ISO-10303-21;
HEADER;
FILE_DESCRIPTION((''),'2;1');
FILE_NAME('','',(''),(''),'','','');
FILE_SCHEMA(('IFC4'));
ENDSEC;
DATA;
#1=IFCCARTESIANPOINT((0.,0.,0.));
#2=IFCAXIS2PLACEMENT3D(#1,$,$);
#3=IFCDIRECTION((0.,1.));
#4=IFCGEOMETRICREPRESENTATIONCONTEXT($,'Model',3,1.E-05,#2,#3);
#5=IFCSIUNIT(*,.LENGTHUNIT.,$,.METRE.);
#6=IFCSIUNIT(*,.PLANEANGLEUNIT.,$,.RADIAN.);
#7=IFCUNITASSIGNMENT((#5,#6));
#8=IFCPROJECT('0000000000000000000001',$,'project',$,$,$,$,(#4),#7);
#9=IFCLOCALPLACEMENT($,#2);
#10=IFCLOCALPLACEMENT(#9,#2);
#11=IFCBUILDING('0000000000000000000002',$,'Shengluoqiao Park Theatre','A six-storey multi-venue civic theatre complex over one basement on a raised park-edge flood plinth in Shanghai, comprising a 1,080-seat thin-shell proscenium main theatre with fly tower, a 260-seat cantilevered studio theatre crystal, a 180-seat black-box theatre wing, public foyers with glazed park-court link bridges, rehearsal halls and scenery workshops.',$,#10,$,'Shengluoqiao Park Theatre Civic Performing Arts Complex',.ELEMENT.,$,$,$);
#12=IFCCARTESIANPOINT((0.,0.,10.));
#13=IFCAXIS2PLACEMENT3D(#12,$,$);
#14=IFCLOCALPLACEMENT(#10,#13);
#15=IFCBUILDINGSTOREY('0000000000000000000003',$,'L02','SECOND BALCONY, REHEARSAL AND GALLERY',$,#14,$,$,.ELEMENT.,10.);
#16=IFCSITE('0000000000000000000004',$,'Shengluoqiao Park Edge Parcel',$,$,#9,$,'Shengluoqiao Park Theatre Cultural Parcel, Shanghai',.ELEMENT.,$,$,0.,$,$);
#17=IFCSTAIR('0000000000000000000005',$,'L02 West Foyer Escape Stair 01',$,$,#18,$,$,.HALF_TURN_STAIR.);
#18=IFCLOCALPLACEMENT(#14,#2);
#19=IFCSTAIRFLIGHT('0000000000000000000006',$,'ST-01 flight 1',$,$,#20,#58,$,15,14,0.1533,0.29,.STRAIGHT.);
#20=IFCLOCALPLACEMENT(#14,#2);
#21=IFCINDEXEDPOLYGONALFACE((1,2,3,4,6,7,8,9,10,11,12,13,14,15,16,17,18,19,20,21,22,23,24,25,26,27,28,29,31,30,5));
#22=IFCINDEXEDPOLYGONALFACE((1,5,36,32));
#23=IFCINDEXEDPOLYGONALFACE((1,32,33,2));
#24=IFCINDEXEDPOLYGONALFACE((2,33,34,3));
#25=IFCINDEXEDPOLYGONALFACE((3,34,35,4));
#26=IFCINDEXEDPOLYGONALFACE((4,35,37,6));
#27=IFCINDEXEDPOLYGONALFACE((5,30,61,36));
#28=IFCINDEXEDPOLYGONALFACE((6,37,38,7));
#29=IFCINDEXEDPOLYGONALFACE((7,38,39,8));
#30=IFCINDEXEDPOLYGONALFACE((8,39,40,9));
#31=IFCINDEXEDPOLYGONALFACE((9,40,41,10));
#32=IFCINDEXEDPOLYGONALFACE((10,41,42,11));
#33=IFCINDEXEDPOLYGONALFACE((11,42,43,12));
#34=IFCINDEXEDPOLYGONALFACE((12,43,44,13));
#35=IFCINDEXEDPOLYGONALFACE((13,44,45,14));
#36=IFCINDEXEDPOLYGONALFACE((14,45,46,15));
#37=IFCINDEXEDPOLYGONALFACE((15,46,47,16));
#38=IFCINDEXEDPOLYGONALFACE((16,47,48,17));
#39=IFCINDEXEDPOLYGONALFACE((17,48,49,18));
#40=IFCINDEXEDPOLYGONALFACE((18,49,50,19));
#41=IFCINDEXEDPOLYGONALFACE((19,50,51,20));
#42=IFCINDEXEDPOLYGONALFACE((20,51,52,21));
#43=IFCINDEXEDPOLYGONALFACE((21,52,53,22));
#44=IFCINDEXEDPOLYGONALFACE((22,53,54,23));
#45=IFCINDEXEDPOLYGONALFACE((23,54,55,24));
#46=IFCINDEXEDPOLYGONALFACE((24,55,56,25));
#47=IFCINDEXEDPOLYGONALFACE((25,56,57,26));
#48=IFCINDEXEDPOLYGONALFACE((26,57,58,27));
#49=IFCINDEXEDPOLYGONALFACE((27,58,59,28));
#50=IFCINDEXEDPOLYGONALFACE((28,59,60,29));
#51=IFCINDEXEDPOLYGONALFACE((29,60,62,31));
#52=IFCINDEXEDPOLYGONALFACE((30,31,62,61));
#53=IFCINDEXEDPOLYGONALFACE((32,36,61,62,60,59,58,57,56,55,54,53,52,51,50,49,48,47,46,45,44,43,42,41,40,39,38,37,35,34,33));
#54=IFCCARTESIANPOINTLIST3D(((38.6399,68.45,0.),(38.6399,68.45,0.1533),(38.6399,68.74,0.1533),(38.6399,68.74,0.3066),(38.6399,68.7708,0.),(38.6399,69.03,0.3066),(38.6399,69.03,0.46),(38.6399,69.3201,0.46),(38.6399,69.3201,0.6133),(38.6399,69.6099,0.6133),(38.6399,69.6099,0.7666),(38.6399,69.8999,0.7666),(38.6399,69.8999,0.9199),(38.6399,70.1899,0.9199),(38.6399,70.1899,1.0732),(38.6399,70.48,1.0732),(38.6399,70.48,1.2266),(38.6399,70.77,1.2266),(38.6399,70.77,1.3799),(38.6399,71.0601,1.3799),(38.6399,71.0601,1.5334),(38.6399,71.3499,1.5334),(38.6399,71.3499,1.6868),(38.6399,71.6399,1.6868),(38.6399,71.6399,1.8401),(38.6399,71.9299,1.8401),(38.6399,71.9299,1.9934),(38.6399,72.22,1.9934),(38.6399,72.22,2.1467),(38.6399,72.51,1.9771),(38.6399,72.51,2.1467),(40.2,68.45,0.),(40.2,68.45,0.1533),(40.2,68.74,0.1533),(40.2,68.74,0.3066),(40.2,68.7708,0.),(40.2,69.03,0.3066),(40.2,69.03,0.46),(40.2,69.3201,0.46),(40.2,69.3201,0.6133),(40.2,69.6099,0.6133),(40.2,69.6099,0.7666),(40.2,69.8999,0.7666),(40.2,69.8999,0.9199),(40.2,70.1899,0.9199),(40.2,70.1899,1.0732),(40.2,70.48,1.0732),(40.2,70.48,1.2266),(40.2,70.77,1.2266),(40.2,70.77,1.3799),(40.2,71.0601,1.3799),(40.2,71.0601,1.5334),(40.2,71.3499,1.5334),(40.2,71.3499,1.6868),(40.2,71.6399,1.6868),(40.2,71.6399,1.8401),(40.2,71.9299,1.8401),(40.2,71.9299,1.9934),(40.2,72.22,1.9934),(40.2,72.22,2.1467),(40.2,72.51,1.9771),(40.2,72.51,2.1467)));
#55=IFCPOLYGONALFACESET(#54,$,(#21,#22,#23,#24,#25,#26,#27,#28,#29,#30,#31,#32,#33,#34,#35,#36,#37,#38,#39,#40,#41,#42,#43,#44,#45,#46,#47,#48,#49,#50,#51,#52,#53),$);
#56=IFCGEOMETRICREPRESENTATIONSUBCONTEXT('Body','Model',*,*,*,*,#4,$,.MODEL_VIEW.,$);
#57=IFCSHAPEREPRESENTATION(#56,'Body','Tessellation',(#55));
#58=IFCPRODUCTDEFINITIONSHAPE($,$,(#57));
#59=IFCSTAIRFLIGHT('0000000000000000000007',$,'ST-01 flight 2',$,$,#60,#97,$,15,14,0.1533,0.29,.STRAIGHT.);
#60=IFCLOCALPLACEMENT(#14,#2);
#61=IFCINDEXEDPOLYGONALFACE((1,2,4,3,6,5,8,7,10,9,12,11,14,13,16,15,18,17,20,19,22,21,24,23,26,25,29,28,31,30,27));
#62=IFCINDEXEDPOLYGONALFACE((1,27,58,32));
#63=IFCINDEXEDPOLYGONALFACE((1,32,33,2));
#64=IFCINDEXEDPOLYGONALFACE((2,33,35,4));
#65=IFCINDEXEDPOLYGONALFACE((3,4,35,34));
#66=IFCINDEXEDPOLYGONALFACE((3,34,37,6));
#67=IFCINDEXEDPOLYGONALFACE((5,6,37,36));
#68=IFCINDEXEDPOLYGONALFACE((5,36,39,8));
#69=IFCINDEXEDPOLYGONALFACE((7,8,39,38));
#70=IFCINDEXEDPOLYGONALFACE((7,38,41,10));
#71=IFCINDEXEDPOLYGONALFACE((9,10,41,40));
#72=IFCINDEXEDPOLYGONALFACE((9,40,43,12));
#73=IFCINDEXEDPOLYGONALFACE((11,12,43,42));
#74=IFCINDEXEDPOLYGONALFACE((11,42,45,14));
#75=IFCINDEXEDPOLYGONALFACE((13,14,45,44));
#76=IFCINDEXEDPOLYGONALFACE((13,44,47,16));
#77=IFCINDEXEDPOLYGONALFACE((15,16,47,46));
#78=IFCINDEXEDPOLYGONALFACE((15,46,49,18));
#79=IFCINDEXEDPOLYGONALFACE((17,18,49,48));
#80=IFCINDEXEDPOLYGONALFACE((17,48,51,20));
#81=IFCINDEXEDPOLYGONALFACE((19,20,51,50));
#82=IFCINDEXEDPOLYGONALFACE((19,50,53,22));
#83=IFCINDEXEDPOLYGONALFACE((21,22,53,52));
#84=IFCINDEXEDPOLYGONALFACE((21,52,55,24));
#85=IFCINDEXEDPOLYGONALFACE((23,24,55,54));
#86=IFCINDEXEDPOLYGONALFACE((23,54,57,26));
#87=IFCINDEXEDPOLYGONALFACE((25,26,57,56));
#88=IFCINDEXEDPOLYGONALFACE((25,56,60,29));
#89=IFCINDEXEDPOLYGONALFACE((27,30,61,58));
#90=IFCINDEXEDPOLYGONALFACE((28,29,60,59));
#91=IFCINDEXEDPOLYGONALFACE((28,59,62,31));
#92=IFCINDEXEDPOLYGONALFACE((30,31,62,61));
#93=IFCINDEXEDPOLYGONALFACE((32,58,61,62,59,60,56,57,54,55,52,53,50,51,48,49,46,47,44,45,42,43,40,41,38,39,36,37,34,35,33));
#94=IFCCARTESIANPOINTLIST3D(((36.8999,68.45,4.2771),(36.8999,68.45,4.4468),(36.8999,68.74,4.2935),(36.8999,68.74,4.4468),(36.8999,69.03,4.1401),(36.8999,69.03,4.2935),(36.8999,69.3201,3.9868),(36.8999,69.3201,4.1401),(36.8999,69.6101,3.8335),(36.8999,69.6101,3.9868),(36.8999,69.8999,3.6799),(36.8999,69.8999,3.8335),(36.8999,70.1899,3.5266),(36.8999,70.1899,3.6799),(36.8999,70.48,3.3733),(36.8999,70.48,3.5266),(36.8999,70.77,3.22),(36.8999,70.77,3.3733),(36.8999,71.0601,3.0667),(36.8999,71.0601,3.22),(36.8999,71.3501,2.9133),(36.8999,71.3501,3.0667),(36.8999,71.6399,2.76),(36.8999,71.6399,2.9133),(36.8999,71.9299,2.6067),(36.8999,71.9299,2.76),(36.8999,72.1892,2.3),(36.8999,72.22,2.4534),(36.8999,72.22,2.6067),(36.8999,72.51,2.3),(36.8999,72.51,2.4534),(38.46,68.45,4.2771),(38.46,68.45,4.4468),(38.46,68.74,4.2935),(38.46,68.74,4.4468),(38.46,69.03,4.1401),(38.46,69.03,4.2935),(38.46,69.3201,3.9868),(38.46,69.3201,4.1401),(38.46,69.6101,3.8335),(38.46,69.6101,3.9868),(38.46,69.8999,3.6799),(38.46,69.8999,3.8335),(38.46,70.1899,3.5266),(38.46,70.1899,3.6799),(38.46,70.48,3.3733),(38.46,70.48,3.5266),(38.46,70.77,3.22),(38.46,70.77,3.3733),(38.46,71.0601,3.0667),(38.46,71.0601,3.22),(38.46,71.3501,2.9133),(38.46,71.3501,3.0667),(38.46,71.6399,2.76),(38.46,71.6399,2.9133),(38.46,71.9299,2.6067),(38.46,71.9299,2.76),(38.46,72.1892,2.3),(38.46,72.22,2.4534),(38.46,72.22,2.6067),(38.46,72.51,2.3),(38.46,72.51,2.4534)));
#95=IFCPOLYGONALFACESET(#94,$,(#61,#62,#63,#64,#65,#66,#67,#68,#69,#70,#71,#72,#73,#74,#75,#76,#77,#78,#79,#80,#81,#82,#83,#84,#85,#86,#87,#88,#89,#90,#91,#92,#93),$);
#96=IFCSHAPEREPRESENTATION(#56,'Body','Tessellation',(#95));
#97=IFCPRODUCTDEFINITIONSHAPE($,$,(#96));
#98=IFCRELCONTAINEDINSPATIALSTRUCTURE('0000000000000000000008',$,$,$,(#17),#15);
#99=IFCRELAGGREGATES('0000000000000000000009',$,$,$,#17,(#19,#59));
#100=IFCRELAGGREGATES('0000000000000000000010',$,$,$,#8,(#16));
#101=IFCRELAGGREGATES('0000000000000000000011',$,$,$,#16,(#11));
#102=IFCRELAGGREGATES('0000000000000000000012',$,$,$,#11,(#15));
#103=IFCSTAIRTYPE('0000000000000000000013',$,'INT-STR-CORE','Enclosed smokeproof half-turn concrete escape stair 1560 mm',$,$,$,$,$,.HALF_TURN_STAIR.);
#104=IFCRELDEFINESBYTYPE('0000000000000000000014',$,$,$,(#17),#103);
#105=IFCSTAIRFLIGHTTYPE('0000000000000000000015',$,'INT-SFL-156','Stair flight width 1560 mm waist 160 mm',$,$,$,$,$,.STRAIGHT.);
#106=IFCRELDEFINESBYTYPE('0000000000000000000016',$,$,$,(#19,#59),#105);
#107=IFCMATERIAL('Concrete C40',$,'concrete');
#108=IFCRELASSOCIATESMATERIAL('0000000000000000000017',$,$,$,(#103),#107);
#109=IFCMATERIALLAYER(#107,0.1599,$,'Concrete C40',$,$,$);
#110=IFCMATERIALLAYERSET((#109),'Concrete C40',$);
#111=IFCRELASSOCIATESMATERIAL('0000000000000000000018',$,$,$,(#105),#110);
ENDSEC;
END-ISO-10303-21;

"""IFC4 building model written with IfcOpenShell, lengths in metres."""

from ifc_helpers import new_model, si_unit, direction, frame, origin, place, context, subcontext, project, spatial, polyline, outline, extrude, material, layer, layer_set, type_object, element, aggregate, save


model = new_model("IFC4")

# Units and contexts
model_context = context("Model", 3, precision=1e-05, world=origin(), true_north=direction((0.0, 1.0)))
body_context = subcontext(model_context, "Body", "Model", "MODEL_VIEW")
ifc_project = project(units=[si_unit("LENGTHUNIT", "METRE"), si_unit("PLANEANGLEUNIT", "RADIAN")], contexts=[model_context])

# Site, building, storey
site_placement = place(None, origin())
site = spatial("IfcSite", under=ifc_project, at=site_placement, Name="Shengluoqiao Park Edge Parcel", LongName="Shengluoqiao Park Theatre Cultural Parcel, Shanghai", CompositionType="ELEMENT", RefElevation=0.0)
building_placement = place(site_placement, origin())
building = spatial("IfcBuilding", under=site, at=building_placement, Name="Shengluoqiao Park Theatre", Description="A six-storey multi-venue civic theatre complex over one basement on a raised park-edge flood plinth in Shanghai, comprising a 1,080-seat thin-shell proscenium main theatre with fly tower, a 260-seat cantilevered studio theatre crystal, a 180-seat black-box theatre wing, public foyers with glazed park-court link bridges, rehearsal halls and scenery workshops.", LongName="Shengluoqiao Park Theatre Civic Performing Arts Complex", CompositionType="ELEMENT")
storey_placement = place(building_placement, frame((0.0, 0.0, 10.0)))
storey = spatial("IfcBuildingStorey", under=building, at=storey_placement, Name="L02", Description="SECOND BALCONY, REHEARSAL AND GALLERY", CompositionType="ELEMENT", Elevation=10.0)

# Shared definitions
ifc_material_1 = material(Name="Concrete C40", Category="concrete")

# Stair, stair flights
stair_type = type_object("IfcStairType", Name="INT-STR-CORE", Description="Enclosed smokeproof half-turn concrete escape stair 1560 mm", PredefinedType="HALF_TURN_STAIR", material=ifc_material_1)
stair_placement = place(storey_placement, origin())
stair = element("IfcStair", 1, at=stair_placement, inside=storey, type_object=stair_type, Name="L02 West Foyer Escape Stair 01", PredefinedType="HALF_TURN_STAIR")
ifc_layer_1 = layer(ifc_material_1, 0.1599, Name="Concrete C40")
ifc_layer_set_1 = layer_set([ifc_layer_1], Name="Concrete C40")
stair_flight_type = type_object("IfcStairFlightType", Name="INT-SFL-156", Description="Stair flight width 1560 mm waist 160 mm", PredefinedType="STRAIGHT", material=ifc_layer_set_1)
stair_flight_1_placement = place(storey_placement, frame((39.4199, 68.45, 0.0), z_axis=(0.0, 0.0, 1.0), x_axis=(0.0, 1.0, 0.0)))
stair_flight_1 = element("IfcStairFlight", 2, at=stair_flight_1_placement, type_object=stair_flight_type, Name="ST-01 flight 1", NumberOfRisers=15, NumberOfTreads=14, PredefinedType="STRAIGHT", RiserHeight=0.1533, TreadLength=0.29, context=body_context, shape_type="SweptSolid", body=[
    extrude(outline(polyline([(0.0, 0.0), (0.0, 0.1533), (0.29, 0.1533), (0.29, 0.3066), (0.5801, 0.3066), (0.5801, 0.46), (0.8701, 0.46), (0.8701, 0.6133), (1.1599, 0.6133), (1.1599, 0.7666), (1.45, 0.7666), (1.45, 0.9199), (1.74, 0.9199), (1.74, 1.0732), (2.03, 1.0732), (2.03, 1.2266), (2.3201, 1.2266), (2.3201, 1.3799), (2.6101, 1.3799), (2.6101, 1.5334), (2.8999, 1.5334), (2.8999, 1.6868), (3.1899, 1.6868), (3.1899, 1.8401), (3.48, 1.8401), (3.48, 1.9934), (3.77, 1.9934), (3.77, 2.1467), (4.0601, 2.1467), (4.0601, 2.3), (4.0601, 1.9771), (0.3208, 0.0), (0.0, 0.0)])), frame((0.0, 0.78, 0.0), z_axis=(0.0, -1.0, 0.0), x_axis=(1.0, 0.0, 0.0)), (0.0, 0.0, 1.0), 1.5601),
])
stair_flight_2_placement = place(storey_placement, frame((37.6799, 72.51, 2.3), z_axis=(0.0, 0.0, 1.0), x_axis=(0.0, -1.0, 0.0)))
stair_flight_2 = element("IfcStairFlight", 3, at=stair_flight_2_placement, type_object=stair_flight_type, Name="ST-01 flight 2", NumberOfRisers=15, NumberOfTreads=14, PredefinedType="STRAIGHT", RiserHeight=0.1533, TreadLength=0.29, context=body_context, shape_type="SweptSolid", body=[
    extrude(outline(polyline([(0.0, 0.0), (0.0, 0.1533), (0.29, 0.1533), (0.29, 0.3066), (0.5801, 0.3066), (0.5801, 0.46), (0.8701, 0.46), (0.8701, 0.6133), (1.1599, 0.6133), (1.1599, 0.7666), (1.45, 0.7666), (1.45, 0.9199), (1.74, 0.9199), (1.74, 1.0732), (2.03, 1.0732), (2.03, 1.2266), (2.3201, 1.2266), (2.3201, 1.3799), (2.6101, 1.3799), (2.6101, 1.5334), (2.8999, 1.5334), (2.8999, 1.6868), (3.1899, 1.6868), (3.1899, 1.8401), (3.48, 1.8401), (3.48, 1.9934), (3.77, 1.9934), (3.77, 2.1467), (4.0601, 2.1467), (4.0601, 2.3), (4.0601, 1.9771), (0.3208, 0.0), (0.0, 0.0)])), frame((0.0, 0.78, 0.0), z_axis=(0.0, -1.0, 0.0), x_axis=(1.0, 0.0, 0.0)), (0.0, 0.0, 1.0), 1.5601),
])
aggregate(stair, [stair_flight_1, stair_flight_2])

save(model, "model.ifc")
